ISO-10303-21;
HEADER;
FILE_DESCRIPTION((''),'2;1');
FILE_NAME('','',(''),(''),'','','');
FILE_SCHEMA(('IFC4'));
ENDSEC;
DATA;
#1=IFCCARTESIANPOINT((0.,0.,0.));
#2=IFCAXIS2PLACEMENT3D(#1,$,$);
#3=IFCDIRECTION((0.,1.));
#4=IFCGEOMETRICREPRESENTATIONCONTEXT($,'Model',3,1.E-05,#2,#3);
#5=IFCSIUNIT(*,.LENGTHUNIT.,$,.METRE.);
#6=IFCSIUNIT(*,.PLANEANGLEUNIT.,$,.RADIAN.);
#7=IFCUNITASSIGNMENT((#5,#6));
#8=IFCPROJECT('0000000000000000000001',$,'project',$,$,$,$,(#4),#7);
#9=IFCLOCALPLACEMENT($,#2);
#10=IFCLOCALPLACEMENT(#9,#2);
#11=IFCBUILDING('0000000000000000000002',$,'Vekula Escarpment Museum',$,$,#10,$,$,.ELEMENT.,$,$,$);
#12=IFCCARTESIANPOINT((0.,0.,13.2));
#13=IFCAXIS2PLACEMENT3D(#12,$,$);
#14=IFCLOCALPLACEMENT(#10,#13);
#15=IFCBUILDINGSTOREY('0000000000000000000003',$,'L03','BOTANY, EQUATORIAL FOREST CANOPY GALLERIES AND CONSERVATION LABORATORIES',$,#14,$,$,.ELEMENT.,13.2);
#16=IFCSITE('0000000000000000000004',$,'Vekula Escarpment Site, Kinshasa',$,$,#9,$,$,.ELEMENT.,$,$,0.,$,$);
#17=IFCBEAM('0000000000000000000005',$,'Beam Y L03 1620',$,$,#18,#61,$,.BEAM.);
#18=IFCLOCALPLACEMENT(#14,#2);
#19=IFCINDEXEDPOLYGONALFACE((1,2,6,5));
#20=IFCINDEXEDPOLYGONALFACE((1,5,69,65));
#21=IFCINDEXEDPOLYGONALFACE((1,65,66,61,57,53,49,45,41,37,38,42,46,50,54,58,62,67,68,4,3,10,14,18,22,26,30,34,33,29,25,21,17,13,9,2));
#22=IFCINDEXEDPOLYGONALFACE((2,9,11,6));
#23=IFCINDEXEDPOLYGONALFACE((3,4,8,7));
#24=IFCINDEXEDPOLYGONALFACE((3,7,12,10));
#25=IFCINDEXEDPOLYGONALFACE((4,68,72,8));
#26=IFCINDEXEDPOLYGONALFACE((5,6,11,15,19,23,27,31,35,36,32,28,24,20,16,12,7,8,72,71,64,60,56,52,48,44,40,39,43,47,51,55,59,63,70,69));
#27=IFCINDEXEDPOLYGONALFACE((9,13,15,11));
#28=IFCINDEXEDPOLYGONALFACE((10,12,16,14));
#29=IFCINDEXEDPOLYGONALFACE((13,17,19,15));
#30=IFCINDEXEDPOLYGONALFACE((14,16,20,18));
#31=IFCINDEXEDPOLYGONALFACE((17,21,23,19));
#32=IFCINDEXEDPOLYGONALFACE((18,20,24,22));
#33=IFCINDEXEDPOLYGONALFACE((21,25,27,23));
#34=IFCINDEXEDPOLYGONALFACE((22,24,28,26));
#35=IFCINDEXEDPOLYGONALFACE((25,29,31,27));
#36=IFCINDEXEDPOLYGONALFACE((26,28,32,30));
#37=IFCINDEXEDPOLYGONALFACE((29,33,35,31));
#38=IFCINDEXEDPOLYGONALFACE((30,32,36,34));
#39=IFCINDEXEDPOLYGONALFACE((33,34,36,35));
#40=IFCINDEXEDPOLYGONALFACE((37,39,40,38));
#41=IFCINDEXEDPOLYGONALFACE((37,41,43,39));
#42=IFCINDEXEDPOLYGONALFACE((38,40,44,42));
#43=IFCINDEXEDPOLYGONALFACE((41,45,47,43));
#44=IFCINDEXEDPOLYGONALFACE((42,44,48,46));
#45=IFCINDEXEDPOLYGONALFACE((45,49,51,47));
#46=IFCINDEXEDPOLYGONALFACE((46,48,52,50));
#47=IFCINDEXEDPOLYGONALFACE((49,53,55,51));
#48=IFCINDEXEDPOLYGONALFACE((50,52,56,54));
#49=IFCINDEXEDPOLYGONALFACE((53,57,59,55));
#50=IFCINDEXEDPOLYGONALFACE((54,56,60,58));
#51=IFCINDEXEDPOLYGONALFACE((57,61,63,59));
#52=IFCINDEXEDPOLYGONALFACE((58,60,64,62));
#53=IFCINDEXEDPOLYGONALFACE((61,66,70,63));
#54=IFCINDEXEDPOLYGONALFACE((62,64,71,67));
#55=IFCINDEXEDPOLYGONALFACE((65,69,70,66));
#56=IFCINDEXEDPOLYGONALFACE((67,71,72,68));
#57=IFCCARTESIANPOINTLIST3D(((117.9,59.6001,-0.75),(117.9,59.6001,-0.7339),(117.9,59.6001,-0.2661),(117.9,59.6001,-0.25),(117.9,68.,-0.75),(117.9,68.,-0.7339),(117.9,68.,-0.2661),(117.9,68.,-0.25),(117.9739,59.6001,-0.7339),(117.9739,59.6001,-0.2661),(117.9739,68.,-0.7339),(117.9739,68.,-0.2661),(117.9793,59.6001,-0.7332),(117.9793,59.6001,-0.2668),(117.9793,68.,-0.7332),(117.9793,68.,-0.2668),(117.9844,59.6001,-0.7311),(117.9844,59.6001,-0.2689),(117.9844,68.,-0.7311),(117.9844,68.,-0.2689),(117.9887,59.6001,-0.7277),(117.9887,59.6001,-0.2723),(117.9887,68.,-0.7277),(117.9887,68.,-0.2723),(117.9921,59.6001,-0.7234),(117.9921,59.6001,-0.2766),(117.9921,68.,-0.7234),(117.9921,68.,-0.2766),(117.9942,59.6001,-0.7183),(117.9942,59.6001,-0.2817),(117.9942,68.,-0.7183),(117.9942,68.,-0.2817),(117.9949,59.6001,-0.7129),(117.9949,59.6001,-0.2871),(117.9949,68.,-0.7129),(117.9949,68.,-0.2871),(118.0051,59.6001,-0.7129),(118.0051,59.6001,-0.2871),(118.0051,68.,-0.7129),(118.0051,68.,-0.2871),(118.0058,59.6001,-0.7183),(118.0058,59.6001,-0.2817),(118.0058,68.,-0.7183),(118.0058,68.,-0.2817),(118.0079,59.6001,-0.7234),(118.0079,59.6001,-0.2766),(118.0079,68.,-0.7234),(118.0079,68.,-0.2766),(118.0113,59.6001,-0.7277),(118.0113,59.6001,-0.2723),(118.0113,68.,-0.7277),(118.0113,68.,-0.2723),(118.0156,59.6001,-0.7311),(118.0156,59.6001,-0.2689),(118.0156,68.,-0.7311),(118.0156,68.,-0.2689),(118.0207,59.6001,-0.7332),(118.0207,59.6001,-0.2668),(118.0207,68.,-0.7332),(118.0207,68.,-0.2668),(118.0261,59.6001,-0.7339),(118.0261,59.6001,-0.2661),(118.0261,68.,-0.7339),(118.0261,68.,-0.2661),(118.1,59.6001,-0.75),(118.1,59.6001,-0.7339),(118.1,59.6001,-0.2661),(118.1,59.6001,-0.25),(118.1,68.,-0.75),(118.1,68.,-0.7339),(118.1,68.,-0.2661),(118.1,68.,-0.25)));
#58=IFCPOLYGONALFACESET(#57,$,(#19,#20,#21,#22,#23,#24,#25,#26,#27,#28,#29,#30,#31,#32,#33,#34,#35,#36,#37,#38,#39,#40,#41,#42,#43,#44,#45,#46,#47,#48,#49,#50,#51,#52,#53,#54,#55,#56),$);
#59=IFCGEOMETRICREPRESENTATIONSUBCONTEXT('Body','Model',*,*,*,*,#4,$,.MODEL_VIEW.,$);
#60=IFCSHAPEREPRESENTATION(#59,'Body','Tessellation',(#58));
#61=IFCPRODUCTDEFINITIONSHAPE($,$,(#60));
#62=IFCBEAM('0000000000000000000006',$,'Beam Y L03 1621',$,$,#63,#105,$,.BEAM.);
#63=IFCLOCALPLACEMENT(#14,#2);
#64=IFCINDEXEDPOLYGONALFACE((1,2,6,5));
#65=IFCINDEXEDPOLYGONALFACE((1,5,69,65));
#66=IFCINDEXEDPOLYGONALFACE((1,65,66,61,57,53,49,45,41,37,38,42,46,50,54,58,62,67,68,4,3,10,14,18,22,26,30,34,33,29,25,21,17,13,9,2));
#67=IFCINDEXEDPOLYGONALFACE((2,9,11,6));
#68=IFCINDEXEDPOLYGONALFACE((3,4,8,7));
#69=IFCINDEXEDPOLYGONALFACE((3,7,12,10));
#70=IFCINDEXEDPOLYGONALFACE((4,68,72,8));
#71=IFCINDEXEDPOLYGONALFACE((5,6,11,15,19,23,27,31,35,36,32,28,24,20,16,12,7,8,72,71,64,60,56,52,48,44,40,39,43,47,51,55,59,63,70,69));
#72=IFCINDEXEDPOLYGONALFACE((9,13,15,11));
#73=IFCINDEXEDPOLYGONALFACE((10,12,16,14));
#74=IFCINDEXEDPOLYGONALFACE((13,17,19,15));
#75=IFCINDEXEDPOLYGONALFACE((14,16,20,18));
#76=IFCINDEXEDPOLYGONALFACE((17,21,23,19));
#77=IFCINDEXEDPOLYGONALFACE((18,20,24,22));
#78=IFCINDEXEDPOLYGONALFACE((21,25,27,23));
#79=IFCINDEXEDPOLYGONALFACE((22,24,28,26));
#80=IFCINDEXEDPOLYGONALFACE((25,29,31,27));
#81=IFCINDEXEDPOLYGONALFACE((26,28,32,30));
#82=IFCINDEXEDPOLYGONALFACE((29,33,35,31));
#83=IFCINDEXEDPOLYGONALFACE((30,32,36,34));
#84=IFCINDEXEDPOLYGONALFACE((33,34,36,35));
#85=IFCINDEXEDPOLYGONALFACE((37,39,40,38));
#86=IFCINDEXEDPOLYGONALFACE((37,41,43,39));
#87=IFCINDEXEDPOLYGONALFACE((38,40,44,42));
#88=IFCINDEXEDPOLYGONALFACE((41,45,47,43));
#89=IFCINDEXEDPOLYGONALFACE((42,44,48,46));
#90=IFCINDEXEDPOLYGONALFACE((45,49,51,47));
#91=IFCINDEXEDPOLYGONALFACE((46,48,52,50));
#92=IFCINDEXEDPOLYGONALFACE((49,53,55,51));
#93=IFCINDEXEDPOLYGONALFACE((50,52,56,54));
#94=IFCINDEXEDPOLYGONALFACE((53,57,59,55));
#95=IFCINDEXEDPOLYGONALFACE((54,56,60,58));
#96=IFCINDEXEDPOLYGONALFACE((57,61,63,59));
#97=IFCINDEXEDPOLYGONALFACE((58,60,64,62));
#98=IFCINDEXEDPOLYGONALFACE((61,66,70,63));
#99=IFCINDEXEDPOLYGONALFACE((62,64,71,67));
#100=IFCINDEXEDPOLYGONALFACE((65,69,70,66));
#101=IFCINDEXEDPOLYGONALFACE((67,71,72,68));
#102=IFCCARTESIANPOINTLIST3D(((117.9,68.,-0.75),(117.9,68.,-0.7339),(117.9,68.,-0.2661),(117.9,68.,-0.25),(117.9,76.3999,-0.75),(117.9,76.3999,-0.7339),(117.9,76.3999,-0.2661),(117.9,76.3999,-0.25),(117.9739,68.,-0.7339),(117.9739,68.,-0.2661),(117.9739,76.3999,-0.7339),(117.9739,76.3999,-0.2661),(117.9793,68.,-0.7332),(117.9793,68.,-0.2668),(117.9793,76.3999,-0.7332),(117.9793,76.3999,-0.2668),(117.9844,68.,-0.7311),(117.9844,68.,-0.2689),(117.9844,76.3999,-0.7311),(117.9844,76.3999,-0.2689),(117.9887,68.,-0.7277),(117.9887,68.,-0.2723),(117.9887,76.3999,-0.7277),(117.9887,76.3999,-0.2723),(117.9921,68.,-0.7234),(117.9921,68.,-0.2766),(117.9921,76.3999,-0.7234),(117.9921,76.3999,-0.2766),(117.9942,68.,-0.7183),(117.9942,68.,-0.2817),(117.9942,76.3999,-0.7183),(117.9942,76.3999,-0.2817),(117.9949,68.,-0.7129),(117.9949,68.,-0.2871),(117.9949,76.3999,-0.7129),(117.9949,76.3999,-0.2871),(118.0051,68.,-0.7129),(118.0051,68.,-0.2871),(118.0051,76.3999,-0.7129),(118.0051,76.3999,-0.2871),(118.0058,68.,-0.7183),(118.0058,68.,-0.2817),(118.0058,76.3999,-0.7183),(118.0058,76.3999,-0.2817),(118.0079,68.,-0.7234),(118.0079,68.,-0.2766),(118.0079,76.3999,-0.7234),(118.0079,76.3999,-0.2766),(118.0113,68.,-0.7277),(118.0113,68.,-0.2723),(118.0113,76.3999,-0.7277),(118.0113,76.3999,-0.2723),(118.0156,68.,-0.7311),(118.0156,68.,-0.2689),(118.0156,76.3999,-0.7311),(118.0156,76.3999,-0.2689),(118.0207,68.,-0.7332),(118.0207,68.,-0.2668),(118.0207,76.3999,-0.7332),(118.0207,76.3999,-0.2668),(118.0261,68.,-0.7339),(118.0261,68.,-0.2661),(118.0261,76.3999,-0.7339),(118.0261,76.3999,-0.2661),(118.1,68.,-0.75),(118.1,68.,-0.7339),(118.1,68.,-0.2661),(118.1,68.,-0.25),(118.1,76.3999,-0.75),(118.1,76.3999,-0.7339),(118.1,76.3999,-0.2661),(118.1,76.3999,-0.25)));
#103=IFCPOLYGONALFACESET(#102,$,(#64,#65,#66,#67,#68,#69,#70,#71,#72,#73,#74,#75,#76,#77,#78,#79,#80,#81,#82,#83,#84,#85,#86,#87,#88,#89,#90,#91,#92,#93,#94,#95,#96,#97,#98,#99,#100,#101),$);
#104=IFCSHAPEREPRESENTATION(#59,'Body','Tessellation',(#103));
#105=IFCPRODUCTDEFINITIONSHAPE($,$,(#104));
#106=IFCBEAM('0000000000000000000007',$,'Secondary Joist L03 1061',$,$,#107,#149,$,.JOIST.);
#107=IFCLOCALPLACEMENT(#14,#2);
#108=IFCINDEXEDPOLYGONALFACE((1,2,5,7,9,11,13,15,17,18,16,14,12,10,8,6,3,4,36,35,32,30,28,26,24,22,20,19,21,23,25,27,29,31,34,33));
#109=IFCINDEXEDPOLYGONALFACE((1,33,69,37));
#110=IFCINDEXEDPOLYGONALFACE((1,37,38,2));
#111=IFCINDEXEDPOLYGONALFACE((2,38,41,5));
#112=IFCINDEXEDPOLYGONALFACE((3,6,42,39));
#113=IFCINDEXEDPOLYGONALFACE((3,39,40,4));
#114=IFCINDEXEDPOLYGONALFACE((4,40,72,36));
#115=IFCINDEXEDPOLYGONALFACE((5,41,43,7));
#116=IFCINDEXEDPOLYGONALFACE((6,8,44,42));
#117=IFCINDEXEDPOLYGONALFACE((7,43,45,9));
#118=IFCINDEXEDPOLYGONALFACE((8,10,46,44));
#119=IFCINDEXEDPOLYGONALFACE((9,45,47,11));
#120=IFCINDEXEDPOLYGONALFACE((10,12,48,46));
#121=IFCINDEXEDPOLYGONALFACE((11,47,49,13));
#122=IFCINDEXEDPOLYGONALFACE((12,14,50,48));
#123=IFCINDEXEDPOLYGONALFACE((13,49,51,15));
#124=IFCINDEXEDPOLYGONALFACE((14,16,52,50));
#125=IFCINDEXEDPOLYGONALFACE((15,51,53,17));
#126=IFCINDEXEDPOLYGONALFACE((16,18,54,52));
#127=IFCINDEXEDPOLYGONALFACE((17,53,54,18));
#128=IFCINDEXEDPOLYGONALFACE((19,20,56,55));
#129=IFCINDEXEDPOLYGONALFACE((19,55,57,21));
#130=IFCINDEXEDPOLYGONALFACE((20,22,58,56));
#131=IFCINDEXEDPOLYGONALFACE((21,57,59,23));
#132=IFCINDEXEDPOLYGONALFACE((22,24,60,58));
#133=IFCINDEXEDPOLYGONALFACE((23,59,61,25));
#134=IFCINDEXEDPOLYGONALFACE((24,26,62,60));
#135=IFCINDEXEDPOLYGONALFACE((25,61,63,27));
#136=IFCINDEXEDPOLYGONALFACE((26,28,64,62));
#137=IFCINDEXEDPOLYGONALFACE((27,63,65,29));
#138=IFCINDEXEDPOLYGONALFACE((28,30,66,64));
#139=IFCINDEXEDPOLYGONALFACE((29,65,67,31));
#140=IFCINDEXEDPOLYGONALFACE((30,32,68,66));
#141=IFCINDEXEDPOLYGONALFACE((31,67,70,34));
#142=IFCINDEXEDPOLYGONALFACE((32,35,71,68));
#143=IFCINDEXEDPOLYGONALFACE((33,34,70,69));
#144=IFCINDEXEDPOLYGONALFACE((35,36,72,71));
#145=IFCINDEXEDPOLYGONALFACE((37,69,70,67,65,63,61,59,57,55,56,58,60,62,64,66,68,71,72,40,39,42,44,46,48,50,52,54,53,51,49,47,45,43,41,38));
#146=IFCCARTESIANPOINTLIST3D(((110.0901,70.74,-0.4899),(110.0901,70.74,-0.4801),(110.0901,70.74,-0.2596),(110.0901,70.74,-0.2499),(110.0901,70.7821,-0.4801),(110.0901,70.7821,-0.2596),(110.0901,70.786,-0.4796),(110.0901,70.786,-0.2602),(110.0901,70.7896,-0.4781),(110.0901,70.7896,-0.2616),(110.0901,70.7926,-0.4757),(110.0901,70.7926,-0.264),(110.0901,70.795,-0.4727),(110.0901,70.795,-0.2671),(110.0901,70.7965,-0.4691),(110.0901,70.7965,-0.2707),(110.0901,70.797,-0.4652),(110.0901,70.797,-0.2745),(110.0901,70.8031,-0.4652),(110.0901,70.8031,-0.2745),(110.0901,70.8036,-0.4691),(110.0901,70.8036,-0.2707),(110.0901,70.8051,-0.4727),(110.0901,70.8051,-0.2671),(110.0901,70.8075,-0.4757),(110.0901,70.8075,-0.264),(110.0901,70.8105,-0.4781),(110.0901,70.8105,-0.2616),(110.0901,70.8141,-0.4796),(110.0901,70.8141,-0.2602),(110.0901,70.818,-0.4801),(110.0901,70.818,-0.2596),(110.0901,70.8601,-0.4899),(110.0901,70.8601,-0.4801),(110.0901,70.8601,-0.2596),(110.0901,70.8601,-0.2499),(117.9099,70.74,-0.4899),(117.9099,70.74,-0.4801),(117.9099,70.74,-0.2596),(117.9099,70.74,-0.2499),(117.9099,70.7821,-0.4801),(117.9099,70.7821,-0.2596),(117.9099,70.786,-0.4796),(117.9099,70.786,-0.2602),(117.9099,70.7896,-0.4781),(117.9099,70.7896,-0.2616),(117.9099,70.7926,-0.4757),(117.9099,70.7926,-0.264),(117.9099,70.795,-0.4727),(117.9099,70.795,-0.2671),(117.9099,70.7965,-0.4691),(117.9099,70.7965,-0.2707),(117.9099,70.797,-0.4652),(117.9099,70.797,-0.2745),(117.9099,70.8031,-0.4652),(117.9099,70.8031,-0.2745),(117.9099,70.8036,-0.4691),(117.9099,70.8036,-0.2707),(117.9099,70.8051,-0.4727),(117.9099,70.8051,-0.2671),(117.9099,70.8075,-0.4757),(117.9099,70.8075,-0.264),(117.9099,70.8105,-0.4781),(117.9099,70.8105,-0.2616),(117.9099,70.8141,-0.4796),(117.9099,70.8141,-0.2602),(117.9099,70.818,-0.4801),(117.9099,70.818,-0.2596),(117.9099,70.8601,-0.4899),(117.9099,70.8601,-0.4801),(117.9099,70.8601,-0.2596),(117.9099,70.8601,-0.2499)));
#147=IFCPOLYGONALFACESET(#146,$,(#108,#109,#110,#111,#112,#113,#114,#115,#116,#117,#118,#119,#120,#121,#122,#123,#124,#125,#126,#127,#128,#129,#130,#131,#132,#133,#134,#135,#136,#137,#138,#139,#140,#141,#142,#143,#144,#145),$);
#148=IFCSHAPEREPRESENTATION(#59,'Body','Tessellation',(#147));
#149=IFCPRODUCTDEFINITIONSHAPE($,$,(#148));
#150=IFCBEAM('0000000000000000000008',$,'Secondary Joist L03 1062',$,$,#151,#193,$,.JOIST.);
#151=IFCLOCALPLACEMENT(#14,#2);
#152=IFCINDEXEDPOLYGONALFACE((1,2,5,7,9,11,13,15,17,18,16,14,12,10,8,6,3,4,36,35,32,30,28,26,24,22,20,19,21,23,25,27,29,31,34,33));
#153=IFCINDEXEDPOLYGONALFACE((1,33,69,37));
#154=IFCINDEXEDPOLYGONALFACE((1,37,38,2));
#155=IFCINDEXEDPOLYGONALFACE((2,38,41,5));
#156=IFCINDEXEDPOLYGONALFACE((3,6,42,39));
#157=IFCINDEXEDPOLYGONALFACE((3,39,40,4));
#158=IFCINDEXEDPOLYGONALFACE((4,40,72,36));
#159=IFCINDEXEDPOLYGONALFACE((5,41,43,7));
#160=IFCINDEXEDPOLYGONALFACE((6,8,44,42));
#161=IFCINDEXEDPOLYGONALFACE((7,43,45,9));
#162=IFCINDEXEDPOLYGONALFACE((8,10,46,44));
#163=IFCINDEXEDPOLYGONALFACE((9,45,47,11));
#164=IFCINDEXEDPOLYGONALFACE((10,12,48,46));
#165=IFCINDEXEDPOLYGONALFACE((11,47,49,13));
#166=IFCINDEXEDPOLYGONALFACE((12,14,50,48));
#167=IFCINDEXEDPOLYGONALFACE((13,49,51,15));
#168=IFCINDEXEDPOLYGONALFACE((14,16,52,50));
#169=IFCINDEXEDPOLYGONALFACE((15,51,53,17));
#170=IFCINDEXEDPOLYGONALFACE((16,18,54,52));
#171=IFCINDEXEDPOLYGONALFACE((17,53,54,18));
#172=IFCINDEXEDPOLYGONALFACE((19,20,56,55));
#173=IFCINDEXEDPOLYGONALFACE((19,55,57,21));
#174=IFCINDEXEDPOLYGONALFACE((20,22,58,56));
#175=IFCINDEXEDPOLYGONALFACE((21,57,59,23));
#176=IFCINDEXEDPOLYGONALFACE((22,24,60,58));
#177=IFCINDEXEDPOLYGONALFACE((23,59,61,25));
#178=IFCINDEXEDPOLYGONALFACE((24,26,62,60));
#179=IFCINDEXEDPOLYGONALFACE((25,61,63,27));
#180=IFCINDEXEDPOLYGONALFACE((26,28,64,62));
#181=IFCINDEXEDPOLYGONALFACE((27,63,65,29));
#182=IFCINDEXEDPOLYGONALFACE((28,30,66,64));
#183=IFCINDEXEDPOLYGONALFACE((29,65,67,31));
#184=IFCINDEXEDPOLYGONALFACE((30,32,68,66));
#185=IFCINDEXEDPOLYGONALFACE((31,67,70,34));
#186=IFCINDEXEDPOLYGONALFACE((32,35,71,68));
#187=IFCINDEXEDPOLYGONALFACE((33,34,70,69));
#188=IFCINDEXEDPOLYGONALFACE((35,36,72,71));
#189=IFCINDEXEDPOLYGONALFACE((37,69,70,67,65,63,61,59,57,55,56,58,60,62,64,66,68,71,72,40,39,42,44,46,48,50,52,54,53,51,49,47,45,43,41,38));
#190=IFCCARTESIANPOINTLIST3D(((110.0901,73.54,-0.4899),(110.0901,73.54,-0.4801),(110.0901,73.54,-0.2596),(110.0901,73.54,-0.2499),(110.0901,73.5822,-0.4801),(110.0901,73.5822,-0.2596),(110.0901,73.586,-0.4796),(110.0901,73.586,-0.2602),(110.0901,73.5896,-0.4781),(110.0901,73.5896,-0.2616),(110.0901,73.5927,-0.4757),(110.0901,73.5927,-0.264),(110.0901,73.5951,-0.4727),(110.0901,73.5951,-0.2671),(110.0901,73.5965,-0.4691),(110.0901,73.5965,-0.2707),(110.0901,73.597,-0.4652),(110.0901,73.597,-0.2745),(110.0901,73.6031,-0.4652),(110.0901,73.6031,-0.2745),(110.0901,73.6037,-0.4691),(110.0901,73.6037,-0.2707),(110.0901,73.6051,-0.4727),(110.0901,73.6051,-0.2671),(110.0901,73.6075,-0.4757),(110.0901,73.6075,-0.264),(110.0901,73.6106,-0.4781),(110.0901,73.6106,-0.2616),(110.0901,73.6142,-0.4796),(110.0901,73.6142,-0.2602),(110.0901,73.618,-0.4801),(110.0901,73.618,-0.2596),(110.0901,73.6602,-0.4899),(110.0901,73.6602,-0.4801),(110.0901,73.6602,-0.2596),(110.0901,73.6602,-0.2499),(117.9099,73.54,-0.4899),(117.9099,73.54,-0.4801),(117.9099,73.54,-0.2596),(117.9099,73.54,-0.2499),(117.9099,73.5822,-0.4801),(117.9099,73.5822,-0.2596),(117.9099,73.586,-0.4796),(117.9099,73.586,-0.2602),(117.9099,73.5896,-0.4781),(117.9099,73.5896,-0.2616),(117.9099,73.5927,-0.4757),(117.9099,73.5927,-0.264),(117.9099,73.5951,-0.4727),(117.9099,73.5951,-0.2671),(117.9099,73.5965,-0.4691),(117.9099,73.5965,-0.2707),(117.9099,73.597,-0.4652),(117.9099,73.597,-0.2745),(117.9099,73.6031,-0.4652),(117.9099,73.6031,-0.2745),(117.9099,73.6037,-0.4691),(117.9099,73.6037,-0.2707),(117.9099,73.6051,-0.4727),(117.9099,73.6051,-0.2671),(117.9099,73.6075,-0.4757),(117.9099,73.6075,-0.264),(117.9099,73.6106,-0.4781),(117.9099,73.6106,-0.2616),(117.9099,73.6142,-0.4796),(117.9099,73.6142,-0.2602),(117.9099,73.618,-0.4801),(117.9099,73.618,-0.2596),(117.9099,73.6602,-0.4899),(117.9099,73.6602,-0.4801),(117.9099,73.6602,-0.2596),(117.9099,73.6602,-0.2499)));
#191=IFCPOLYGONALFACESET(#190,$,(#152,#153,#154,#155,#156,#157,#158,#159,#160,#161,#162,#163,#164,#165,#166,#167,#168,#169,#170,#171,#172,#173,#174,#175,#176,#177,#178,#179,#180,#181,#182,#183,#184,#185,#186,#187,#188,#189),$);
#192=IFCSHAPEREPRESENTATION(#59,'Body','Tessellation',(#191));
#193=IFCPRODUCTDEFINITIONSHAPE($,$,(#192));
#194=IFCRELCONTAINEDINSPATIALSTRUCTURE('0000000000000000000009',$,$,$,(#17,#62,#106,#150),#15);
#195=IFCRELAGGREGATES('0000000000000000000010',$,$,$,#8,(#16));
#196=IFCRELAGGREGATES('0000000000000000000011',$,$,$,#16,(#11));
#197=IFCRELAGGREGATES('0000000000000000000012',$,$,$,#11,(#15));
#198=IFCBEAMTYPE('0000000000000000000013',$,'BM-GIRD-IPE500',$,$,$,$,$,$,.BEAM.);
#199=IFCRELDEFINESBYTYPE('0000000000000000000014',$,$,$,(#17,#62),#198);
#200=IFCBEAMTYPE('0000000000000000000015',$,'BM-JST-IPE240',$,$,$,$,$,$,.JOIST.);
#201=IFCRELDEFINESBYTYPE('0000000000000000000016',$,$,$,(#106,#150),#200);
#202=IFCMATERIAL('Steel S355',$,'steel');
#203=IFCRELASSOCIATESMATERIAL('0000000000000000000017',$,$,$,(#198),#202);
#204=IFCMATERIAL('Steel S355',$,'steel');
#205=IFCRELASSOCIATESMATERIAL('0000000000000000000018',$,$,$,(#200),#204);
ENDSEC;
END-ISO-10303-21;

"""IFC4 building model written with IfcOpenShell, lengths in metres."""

from ifc_helpers import new_model, si_unit, direction, frame, origin, origin_2d, place, context, subcontext, project, spatial, i_section, extrude, material, material_profile, profile_set, type_object, element, save


model = new_model("IFC4")

# Units and contexts
model_context = context("Model", 3, precision=1e-05, world=origin(), true_north=direction((0.0, 1.0)))
body_context = subcontext(model_context, "Body", "Model", "MODEL_VIEW")
ifc_project = project(units=[si_unit("LENGTHUNIT", "METRE"), si_unit("PLANEANGLEUNIT", "RADIAN")], contexts=[model_context])

# Site, building, storey
site_placement = place(None, origin())
site = spatial("IfcSite", under=ifc_project, at=site_placement, Name="Vekula Escarpment Site, Kinshasa", CompositionType="ELEMENT", RefElevation=0.0)
building_placement = place(site_placement, origin())
building = spatial("IfcBuilding", under=site, at=building_placement, Name="Vekula Escarpment Museum", CompositionType="ELEMENT")
storey_placement = place(building_placement, frame((0.0, 0.0, 13.2)))
storey = spatial("IfcBuildingStorey", under=building, at=storey_placement, Name="L03", Description="BOTANY, EQUATORIAL FOREST CANOPY GALLERIES AND CONSERVATION LABORATORIES", CompositionType="ELEMENT", Elevation=13.2)

# Beams
ifc_material_1 = material(Name="Steel S355", Category="steel")
ifc_material_profile_1 = material_profile(ifc_material_1, i_section(OverallWidth=0.2, OverallDepth=0.5, WebThickness=0.0103, FlangeThickness=0.0161, FilletRadius=0.021, at=origin_2d()), Name="IPE 500")
ifc_profile_set_1 = profile_set([ifc_material_profile_1], Name="Steel S355")
beam_type_1 = type_object("IfcBeamType", Name="BM-GIRD-IPE500", PredefinedType="BEAM", material=ifc_profile_set_1)
for number, where, z_axis, x_axis, name in (
    (1, (118.0, 59.6001, -0.5), (0.0, 1.0, 0.0), (-1.0, 0.0, 0.0), "Beam Y L03 1620"),
    (2, (118.0, 68.0, -0.5), (0.0, 1.0, 0.0), (-1.0, 0.0, 0.0), "Beam Y L03 1621"),
):
    element("IfcBeam", number, at=place(storey_placement, frame(where, z_axis=z_axis, x_axis=x_axis)), inside=storey, type_object=beam_type_1, Name=name, PredefinedType="BEAM", context=body_context, shape_type="SweptSolid", body=[
        extrude(i_section(OverallWidth=0.2, OverallDepth=0.5, WebThickness=0.0103, FlangeThickness=0.0161, FilletRadius=0.021, at=origin_2d()), origin(), (0.0, 0.0, 1.0), 8.3999),
    ])
ifc_material_2 = material(Name="Steel S355", Category="steel")
ifc_material_profile_2 = material_profile(ifc_material_2, i_section(OverallWidth=0.1201, OverallDepth=0.24, WebThickness=0.0061, FlangeThickness=0.0098, FilletRadius=0.0149, at=origin_2d()), Name="IPE 240")
ifc_profile_set_2 = profile_set([ifc_material_profile_2], Name="Steel S355")
beam_type_2 = type_object("IfcBeamType", Name="BM-JST-IPE240", PredefinedType="JOIST", material=ifc_profile_set_2)
for number, where, z_axis, x_axis, name in (
    (3, (110.0901, 70.8, -0.3699), (1.0, 0.0, 0.0), (0.0, 1.0, 0.0), "Secondary Joist L03 1061"),
    (4, (110.0901, 73.6001, -0.3699), (1.0, 0.0, 0.0), (0.0, 1.0, 0.0), "Secondary Joist L03 1062"),
):
    element("IfcBeam", number, at=place(storey_placement, frame(where, z_axis=z_axis, x_axis=x_axis)), inside=storey, type_object=beam_type_2, Name=name, PredefinedType="JOIST", context=body_context, shape_type="SweptSolid", body=[
        extrude(i_section(OverallWidth=0.1201, OverallDepth=0.24, WebThickness=0.0061, FlangeThickness=0.0098, FilletRadius=0.0149, at=origin_2d()), origin(), (0.0, 0.0, 1.0), 7.8198),
    ])

save(model, "model.ifc")
